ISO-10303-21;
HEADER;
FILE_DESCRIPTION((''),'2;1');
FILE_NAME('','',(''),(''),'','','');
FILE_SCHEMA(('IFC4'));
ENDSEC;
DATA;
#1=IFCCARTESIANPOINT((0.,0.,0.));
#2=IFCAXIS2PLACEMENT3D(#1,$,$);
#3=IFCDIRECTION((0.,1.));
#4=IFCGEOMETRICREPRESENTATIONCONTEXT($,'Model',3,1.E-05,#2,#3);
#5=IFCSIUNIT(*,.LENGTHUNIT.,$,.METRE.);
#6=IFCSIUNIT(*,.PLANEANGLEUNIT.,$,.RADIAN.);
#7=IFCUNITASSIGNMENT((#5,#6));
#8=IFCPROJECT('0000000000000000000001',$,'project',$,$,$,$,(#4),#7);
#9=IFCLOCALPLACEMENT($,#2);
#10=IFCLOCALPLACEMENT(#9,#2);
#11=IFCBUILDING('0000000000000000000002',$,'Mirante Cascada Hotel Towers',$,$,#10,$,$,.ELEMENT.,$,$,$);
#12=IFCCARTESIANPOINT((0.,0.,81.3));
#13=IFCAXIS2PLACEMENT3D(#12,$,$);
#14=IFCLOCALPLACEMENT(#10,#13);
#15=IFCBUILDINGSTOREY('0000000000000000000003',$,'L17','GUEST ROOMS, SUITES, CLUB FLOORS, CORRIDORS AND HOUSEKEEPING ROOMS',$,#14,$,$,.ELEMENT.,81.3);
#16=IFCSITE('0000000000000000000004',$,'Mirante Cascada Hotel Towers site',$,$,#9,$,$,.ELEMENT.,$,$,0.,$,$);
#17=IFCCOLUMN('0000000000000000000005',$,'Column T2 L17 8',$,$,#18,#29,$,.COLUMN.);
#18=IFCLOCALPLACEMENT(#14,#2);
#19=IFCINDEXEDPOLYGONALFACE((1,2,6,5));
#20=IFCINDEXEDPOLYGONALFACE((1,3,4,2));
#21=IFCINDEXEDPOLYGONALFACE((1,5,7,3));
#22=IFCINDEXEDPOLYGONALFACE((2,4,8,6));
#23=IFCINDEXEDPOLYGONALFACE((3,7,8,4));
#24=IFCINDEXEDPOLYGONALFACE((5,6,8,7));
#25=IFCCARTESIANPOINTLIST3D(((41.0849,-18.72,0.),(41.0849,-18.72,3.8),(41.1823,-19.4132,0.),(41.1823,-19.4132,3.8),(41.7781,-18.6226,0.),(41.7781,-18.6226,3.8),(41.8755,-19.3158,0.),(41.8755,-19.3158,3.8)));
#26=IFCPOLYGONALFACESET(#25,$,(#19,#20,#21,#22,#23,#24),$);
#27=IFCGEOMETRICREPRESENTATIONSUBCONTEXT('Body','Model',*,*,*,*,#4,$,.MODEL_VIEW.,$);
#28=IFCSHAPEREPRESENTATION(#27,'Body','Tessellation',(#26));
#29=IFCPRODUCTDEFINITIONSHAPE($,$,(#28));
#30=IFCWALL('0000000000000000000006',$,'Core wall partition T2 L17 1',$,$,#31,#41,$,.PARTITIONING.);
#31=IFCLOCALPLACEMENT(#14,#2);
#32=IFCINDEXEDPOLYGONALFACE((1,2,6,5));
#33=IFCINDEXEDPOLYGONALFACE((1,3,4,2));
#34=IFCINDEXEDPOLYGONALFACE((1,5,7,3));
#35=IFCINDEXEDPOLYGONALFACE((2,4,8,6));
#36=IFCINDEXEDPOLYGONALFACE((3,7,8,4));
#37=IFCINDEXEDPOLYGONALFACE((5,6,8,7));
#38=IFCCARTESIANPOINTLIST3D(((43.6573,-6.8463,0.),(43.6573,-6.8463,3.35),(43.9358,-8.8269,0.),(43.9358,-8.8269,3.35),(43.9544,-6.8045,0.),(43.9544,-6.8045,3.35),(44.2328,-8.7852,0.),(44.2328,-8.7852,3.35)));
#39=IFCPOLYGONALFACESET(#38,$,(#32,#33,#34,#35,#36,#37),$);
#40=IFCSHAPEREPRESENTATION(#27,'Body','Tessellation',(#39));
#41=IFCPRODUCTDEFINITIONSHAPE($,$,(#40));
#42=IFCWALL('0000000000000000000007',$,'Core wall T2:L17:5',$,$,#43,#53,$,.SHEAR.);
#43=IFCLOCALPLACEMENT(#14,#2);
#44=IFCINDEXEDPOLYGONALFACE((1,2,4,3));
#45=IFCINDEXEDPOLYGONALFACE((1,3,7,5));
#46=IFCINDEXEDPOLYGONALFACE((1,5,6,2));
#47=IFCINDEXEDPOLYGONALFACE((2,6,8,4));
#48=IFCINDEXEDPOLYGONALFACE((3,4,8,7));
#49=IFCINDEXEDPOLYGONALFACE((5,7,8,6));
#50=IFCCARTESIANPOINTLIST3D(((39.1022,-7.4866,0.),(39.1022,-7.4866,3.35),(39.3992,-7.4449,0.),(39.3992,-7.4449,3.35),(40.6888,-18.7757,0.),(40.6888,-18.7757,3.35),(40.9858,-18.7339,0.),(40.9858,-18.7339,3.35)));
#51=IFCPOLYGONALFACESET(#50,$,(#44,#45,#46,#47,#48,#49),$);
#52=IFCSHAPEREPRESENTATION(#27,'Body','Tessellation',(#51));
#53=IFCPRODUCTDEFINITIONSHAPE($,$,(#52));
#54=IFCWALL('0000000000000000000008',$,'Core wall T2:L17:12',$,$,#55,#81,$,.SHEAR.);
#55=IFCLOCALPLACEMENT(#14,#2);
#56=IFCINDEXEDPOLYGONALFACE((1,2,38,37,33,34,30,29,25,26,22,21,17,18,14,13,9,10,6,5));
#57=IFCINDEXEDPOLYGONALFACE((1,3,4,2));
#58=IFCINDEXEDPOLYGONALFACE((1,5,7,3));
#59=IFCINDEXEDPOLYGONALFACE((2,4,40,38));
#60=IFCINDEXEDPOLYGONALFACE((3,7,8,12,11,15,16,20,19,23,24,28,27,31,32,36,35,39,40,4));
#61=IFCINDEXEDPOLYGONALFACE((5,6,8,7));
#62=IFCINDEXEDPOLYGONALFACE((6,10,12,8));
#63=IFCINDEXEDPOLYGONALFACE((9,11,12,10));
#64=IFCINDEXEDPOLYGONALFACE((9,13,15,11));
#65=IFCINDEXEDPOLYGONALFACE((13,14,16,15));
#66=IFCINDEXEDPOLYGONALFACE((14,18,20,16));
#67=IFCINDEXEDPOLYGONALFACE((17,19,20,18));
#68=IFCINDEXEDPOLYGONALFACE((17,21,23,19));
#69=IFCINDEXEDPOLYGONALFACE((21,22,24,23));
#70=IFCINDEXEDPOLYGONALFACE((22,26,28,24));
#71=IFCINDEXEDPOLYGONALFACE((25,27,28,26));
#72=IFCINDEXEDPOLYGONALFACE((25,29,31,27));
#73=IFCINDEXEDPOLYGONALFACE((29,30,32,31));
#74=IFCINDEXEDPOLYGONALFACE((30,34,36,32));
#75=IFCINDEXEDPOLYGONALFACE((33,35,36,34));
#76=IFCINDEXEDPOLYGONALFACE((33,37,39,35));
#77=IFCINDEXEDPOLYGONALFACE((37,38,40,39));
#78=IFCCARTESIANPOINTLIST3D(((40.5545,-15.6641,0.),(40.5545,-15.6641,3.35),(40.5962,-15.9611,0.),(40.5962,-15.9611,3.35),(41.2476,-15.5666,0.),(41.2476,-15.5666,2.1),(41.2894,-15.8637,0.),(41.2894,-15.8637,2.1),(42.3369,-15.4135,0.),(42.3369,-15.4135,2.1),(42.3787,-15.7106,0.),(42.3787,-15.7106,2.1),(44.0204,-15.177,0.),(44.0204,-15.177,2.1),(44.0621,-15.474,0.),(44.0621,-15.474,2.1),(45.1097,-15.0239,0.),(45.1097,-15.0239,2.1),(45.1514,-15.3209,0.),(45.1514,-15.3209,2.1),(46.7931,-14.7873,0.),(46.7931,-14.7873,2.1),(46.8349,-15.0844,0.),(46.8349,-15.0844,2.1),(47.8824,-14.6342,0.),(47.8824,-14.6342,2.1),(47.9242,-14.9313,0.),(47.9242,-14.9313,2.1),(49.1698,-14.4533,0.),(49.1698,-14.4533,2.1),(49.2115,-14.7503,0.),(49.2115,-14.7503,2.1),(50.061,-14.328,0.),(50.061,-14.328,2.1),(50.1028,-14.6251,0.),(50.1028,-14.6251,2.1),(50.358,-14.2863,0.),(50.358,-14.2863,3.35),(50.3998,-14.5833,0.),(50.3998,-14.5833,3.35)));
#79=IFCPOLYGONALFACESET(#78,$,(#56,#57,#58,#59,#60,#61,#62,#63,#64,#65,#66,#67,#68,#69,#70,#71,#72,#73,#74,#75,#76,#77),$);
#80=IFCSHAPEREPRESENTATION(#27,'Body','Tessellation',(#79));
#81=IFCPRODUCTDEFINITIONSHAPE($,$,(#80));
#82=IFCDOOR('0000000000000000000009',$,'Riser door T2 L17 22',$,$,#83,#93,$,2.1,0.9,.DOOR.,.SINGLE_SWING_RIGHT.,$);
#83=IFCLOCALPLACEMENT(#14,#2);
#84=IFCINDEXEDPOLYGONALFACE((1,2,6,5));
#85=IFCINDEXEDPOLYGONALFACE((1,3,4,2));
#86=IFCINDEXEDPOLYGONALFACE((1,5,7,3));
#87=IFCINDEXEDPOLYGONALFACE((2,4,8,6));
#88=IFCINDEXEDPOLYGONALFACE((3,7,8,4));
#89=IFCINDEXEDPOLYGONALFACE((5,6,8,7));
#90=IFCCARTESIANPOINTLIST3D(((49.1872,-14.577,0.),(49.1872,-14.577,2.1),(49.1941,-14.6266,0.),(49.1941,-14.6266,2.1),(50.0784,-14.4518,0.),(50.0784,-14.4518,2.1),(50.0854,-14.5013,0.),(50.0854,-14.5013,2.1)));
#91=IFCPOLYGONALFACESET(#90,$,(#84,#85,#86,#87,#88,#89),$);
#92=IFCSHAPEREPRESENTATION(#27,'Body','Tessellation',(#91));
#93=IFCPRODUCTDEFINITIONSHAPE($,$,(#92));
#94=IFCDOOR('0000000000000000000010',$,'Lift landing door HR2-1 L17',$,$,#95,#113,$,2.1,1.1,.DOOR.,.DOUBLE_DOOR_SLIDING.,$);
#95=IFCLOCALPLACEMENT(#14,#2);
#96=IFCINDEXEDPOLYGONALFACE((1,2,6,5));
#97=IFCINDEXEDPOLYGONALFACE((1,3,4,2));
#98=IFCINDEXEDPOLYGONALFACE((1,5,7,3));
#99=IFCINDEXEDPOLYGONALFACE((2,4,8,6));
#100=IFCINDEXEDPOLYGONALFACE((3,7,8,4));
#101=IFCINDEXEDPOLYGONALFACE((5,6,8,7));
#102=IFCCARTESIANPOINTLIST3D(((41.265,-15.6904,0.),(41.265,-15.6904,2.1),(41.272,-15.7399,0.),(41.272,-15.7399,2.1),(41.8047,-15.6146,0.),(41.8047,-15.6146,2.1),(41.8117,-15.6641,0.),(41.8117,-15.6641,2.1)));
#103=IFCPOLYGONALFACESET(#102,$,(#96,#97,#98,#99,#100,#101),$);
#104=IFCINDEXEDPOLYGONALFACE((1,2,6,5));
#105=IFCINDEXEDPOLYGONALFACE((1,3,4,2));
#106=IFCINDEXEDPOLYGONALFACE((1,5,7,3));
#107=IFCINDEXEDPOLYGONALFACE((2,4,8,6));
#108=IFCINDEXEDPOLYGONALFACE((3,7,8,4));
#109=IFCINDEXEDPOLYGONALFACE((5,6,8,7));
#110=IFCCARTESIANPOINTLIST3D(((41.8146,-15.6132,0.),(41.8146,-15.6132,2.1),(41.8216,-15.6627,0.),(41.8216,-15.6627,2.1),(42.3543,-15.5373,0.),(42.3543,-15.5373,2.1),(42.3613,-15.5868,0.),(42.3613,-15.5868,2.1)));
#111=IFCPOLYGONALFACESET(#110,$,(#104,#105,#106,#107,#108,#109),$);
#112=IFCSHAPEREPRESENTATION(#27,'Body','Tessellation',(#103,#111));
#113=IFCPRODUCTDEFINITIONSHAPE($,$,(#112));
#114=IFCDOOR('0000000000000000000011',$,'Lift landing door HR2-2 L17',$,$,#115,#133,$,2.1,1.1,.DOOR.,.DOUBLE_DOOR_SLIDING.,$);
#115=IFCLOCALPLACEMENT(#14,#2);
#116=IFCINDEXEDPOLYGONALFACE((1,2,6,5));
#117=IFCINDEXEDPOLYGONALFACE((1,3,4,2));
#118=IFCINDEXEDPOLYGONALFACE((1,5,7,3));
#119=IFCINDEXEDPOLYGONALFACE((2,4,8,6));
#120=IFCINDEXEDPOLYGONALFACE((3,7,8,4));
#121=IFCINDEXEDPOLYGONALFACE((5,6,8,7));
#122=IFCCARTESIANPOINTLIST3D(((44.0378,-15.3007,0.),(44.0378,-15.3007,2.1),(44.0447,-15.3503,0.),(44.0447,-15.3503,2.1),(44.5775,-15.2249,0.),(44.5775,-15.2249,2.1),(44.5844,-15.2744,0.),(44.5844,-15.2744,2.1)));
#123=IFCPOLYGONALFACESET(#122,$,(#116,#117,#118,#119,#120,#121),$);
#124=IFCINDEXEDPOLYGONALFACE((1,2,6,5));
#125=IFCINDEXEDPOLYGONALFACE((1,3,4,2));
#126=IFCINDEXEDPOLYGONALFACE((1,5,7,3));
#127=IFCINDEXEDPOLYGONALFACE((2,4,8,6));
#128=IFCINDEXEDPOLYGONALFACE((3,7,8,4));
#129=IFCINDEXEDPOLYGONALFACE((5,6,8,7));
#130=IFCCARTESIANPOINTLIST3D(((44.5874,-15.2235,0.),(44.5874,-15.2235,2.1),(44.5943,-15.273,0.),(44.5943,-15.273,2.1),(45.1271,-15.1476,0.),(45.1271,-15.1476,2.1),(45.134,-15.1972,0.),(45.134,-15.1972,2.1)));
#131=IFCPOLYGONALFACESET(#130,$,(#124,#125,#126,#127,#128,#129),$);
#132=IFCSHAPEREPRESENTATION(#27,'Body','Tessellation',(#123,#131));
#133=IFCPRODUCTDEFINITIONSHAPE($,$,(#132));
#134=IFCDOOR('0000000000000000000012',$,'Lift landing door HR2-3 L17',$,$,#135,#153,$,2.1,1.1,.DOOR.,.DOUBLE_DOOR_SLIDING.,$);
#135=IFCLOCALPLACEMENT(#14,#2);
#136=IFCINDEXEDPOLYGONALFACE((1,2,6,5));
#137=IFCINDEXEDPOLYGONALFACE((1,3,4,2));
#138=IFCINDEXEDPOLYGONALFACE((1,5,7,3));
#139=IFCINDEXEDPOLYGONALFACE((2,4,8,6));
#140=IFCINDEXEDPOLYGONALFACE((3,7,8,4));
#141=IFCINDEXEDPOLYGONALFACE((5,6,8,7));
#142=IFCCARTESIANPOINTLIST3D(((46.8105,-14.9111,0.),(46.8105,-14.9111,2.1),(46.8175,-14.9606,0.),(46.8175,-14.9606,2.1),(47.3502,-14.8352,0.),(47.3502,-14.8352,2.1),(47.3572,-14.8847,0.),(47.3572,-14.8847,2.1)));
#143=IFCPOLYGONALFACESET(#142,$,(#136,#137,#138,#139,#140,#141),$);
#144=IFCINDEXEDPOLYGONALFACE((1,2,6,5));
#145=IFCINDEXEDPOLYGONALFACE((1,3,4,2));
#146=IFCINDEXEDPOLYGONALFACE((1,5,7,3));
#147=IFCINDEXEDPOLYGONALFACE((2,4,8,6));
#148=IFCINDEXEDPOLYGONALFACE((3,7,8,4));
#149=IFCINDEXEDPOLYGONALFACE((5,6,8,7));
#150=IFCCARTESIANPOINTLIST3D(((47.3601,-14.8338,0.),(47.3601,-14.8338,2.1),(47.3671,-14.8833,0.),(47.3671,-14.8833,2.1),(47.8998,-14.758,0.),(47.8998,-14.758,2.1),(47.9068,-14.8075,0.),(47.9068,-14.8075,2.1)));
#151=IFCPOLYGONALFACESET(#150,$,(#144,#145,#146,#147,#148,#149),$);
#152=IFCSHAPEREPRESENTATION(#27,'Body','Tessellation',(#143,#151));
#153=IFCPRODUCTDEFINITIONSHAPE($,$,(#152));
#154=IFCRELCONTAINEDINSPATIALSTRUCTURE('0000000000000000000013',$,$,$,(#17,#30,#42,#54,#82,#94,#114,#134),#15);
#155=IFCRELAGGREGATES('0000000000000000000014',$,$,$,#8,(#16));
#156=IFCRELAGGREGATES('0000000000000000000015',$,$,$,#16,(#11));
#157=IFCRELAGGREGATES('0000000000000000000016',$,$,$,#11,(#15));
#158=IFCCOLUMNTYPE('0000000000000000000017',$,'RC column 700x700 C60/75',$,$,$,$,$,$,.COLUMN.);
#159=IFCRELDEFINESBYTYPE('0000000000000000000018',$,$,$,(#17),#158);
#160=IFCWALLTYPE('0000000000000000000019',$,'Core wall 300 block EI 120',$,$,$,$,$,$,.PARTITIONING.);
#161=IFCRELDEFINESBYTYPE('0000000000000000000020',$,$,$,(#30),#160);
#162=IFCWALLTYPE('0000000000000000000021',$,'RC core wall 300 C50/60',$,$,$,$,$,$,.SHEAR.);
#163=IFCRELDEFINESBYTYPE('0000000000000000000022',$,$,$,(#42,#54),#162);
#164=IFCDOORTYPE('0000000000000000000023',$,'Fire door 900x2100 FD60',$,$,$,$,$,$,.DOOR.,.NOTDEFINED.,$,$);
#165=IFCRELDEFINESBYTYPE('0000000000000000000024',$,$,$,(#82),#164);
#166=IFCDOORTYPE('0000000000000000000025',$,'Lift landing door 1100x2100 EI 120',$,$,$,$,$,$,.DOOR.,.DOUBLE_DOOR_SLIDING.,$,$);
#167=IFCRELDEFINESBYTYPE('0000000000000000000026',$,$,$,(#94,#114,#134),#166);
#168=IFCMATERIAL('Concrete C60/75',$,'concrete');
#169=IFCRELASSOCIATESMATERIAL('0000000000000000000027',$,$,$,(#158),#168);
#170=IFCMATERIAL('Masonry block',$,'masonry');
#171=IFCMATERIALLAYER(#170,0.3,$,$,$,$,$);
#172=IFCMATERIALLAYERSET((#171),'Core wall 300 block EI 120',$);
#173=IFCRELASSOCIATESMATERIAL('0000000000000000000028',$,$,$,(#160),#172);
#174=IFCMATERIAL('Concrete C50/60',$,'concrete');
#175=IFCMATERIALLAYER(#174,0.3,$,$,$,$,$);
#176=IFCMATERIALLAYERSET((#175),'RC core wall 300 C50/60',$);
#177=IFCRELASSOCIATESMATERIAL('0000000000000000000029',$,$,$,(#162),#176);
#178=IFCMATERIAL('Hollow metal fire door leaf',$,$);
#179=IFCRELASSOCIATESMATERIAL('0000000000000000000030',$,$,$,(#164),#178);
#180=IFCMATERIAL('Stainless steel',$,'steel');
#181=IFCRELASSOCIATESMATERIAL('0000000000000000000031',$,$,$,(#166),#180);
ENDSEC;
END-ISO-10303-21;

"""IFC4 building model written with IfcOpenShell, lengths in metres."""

from ifc_helpers import new_model, si_unit, direction, frame, frame_2d, origin, origin_2d, place, context, subcontext, project, spatial, rectangle, extrude, material, layer, layer_set, material_profile, profile_set, type_object, element, fill, save


model = new_model("IFC4")

# Units and contexts
model_context = context("Model", 3, precision=1e-05, world=origin(), true_north=direction((0.0, 1.0)))
body_context = subcontext(model_context, "Body", "Model", "MODEL_VIEW")
ifc_project = project(units=[si_unit("LENGTHUNIT", "METRE"), si_unit("PLANEANGLEUNIT", "RADIAN")], contexts=[model_context])

# Site, building, storey
site_placement = place(None, origin())
site = spatial("IfcSite", under=ifc_project, at=site_placement, Name="Mirante Cascada Hotel Towers site", CompositionType="ELEMENT", RefElevation=0.0)
building_placement = place(site_placement, origin())
building = spatial("IfcBuilding", under=site, at=building_placement, Name="Mirante Cascada Hotel Towers", CompositionType="ELEMENT")
storey_placement = place(building_placement, frame((0.0, 0.0, 81.3)))
storey = spatial("IfcBuildingStorey", under=building, at=storey_placement, Name="L17", Description="GUEST ROOMS, SUITES, CLUB FLOORS, CORRIDORS AND HOUSEKEEPING ROOMS", CompositionType="ELEMENT", Elevation=81.3)

# Column
ifc_material_1 = material(Name="Concrete C60/75", Category="concrete")
ifc_material_profile = material_profile(ifc_material_1, rectangle(XDim=0.7, YDim=0.7, at=origin_2d()), Name="RC column 700x700 C60/75")
ifc_profile_set = profile_set([ifc_material_profile], Name="Concrete C60/75")
column_type = type_object("IfcColumnType", Name="RC column 700x700 C60/75", PredefinedType="COLUMN", material=ifc_profile_set)
column_placement = place(storey_placement, frame((41.4802, -19.0179, 0.0), z_axis=(0.0, 0.0, 1.0), x_axis=(0.990268, 0.139173, 0.0)))
element("IfcColumn", 1, at=column_placement, inside=storey, type_object=column_type, Name="Column T2 L17 8", PredefinedType="COLUMN", context=body_context, shape_type="SweptSolid", body=[
    extrude(rectangle(XDim=0.7, YDim=0.7, at=origin_2d()), origin(), (0.0, 0.0, 1.0), 3.8),
])

# Walls
ifc_material_2 = material(Name="Masonry block", Category="masonry")
ifc_layer_1 = layer(ifc_material_2, 0.3)
ifc_layer_set_1 = layer_set([ifc_layer_1], Name="Core wall 300 block EI 120")
wall_type_1 = type_object("IfcWallType", Name="Core wall 300 block EI 120", PredefinedType="PARTITIONING", material=ifc_layer_set_1)
wall_1_placement = place(storey_placement, frame((44.0843, -8.8061, 0.0), z_axis=(0.0, 0.0, 1.0), x_axis=(-0.139195, 0.990265, 0.0)))
element("IfcWall", 2, at=wall_1_placement, inside=storey, type_object=wall_type_1, Name="Core wall partition T2 L17 1", PredefinedType="PARTITIONING", context=body_context, shape_type="SweptSolid", body=[
    extrude(rectangle(XDim=2.0001, YDim=0.3, at=frame_2d((1.0001, 0.0))), origin(), (0.0, 0.0, 1.0), 3.35),
])
ifc_material_3 = material(Name="Concrete C50/60", Category="concrete")
ifc_layer_2 = layer(ifc_material_3, 0.3)
ifc_layer_set_2 = layer_set([ifc_layer_2], Name="RC core wall 300 C50/60")
wall_type_2 = type_object("IfcWallType", Name="RC core wall 300 C50/60", PredefinedType="SHEAR", material=ifc_layer_set_2)
wall_2_placement = place(storey_placement, frame((40.8373, -18.7548, 0.0), z_axis=(0.0, 0.0, 1.0), x_axis=(-0.139175, 0.990268, 0.0)))
element("IfcWall", 3, at=wall_2_placement, inside=storey, type_object=wall_type_2, Name="Core wall T2:L17:5", PredefinedType="SHEAR", context=body_context, shape_type="SweptSolid", body=[
    extrude(rectangle(XDim=11.4, YDim=0.3, at=frame_2d((5.7, 0.0))), origin(), (0.0, 0.0, 1.0), 3.35),
])

# Wall, openings, doors
wall_3_placement = place(storey_placement, frame((40.5753, -15.8126, 0.0), z_axis=(0.0, 0.0, 1.0), x_axis=(0.990268, 0.139173, 0.0)))
wall_3 = element("IfcWall", 4, at=wall_3_placement, inside=storey, type_object=wall_type_2, Name="Core wall T2:L17:12", PredefinedType="SHEAR", context=body_context, shape_type="SweptSolid", body=[
    extrude(rectangle(XDim=9.8999, YDim=0.3, at=frame_2d((4.95, 0.0))), origin(), (0.0, 0.0, 1.0), 3.35),
])
opening_1_placement = place(wall_3_placement, frame((0.7, 0.0, 0.0)))
opening_1 = element("IfcOpeningElement", 5, at=opening_1_placement, cuts=wall_3, PredefinedType="OPENING", context=body_context, shape_type="SweptSolid", body=[
    extrude(rectangle(XDim=1.1, YDim=2.1, at=frame_2d((0.55, 1.05))), frame((0.0, 0.15, 0.0), z_axis=(0.0, -1.0, 0.0), x_axis=(1.0, 0.0, 0.0)), (0.0, 0.0, 1.0), 0.3),
])
opening_2_placement = place(wall_3_placement, frame((3.5, 0.0, 0.0)))
opening_2 = element("IfcOpeningElement", 6, at=opening_2_placement, cuts=wall_3, PredefinedType="OPENING", context=body_context, shape_type="SweptSolid", body=[
    extrude(rectangle(XDim=1.1, YDim=2.1, at=frame_2d((0.55, 1.05))), frame((0.0, 0.15, 0.0), z_axis=(0.0, -1.0, 0.0), x_axis=(1.0, 0.0, 0.0)), (0.0, 0.0, 1.0), 0.3),
])
opening_3_placement = place(wall_3_placement, frame((6.3, 0.0, 0.0)))
opening_3 = element("IfcOpeningElement", 7, at=opening_3_placement, cuts=wall_3, PredefinedType="OPENING", context=body_context, shape_type="SweptSolid", body=[
    extrude(rectangle(XDim=1.1, YDim=2.1, at=frame_2d((0.55, 1.05))), frame((0.0, 0.15, 0.0), z_axis=(0.0, -1.0, 0.0), x_axis=(1.0, 0.0, 0.0)), (0.0, 0.0, 1.0), 0.3),
])
opening_4_placement = place(wall_3_placement, frame((8.7, 0.0, 0.0)))
opening_4 = element("IfcOpeningElement", 8, at=opening_4_placement, cuts=wall_3, PredefinedType="OPENING", context=body_context, shape_type="SweptSolid", body=[
    extrude(rectangle(XDim=0.9, YDim=2.1, at=frame_2d((0.45, 1.05))), frame((0.0, 0.15, 0.0), z_axis=(0.0, -1.0, 0.0), x_axis=(1.0, 0.0, 0.0)), (0.0, 0.0, 1.0), 0.3),
])
ifc_material_4 = material(Name="Hollow metal fire door leaf")
door_type_1 = type_object("IfcDoorType", Name="Fire door 900x2100 FD60", OperationType="NOTDEFINED", PredefinedType="DOOR", material=ifc_material_4)
door_1_placement = place(opening_4_placement, frame((0.9, 0.0, 0.0), z_axis=(0.0, 0.0, 1.0), x_axis=(-1.0, 0.0, 0.0)))
door_1 = element("IfcDoor", 9, at=door_1_placement, inside=storey, type_object=door_type_1, Name="Riser door T2 L17 22", OperationType="SINGLE_SWING_RIGHT", OverallHeight=2.1, OverallWidth=0.9, PredefinedType="DOOR", context=body_context, shape_type="SweptSolid", body=[
    extrude(rectangle(XDim=0.9, YDim=2.1, at=frame_2d((0.45, 1.05))), frame((0.0, 0.025, 0.0), z_axis=(0.0, -1.0, 0.0), x_axis=(1.0, 0.0, 0.0)), (0.0, 0.0, 1.0), 0.05),
])
fill(opening_4, door_1)
ifc_material_5 = material(Name="Stainless steel", Category="steel")
door_type_2 = type_object("IfcDoorType", Name="Lift landing door 1100x2100 EI 120", OperationType="DOUBLE_DOOR_SLIDING", PredefinedType="DOOR", material=ifc_material_5)
door_2_placement = place(opening_1_placement, origin())
door_2 = element("IfcDoor", 10, at=door_2_placement, inside=storey, type_object=door_type_2, Name="Lift landing door HR2-1 L17", OperationType="DOUBLE_DOOR_SLIDING", OverallHeight=2.1, OverallWidth=1.1, PredefinedType="DOOR", context=body_context, shape_type="SweptSolid", body=[
    extrude(rectangle(XDim=0.545, YDim=2.1, at=frame_2d((0.2725, 1.05))), frame((0.0, 0.025, 0.0), z_axis=(0.0, -1.0, 0.0), x_axis=(1.0, 0.0, 0.0)), (0.0, 0.0, 1.0), 0.05),
    extrude(rectangle(XDim=0.545, YDim=2.1, at=frame_2d((0.8275, 1.05))), frame((0.0, 0.025, 0.0), z_axis=(0.0, -1.0, 0.0), x_axis=(1.0, 0.0, 0.0)), (0.0, 0.0, 1.0), 0.05),
])
fill(opening_1, door_2)
door_3_placement = place(opening_2_placement, origin())
door_3 = element("IfcDoor", 11, at=door_3_placement, inside=storey, type_object=door_type_2, Name="Lift landing door HR2-2 L17", OperationType="DOUBLE_DOOR_SLIDING", OverallHeight=2.1, OverallWidth=1.1, PredefinedType="DOOR", context=body_context, shape_type="SweptSolid", body=[
    extrude(rectangle(XDim=0.545, YDim=2.1, at=frame_2d((0.2725, 1.05))), frame((0.0, 0.025, 0.0), z_axis=(0.0, -1.0, 0.0), x_axis=(1.0, 0.0, 0.0)), (0.0, 0.0, 1.0), 0.05),
    extrude(rectangle(XDim=0.545, YDim=2.1, at=frame_2d((0.8275, 1.05))), frame((0.0, 0.025, 0.0), z_axis=(0.0, -1.0, 0.0), x_axis=(1.0, 0.0, 0.0)), (0.0, 0.0, 1.0), 0.05),
])
fill(opening_2, door_3)
door_4_placement = place(opening_3_placement, origin())
door_4 = element("IfcDoor", 12, at=door_4_placement, inside=storey, type_object=door_type_2, Name="Lift landing door HR2-3 L17", OperationType="DOUBLE_DOOR_SLIDING", OverallHeight=2.1, OverallWidth=1.1, PredefinedType="DOOR", context=body_context, shape_type="SweptSolid", body=[
    extrude(rectangle(XDim=0.545, YDim=2.1, at=frame_2d((0.2725, 1.05))), frame((0.0, 0.025, 0.0), z_axis=(0.0, -1.0, 0.0), x_axis=(1.0, 0.0, 0.0)), (0.0, 0.0, 1.0), 0.05),
    extrude(rectangle(XDim=0.545, YDim=2.1, at=frame_2d((0.8275, 1.05))), frame((0.0, 0.025, 0.0), z_axis=(0.0, -1.0, 0.0), x_axis=(1.0, 0.0, 0.0)), (0.0, 0.0, 1.0), 0.05),
])
fill(opening_3, door_4)

save(model, "model.ifc")
